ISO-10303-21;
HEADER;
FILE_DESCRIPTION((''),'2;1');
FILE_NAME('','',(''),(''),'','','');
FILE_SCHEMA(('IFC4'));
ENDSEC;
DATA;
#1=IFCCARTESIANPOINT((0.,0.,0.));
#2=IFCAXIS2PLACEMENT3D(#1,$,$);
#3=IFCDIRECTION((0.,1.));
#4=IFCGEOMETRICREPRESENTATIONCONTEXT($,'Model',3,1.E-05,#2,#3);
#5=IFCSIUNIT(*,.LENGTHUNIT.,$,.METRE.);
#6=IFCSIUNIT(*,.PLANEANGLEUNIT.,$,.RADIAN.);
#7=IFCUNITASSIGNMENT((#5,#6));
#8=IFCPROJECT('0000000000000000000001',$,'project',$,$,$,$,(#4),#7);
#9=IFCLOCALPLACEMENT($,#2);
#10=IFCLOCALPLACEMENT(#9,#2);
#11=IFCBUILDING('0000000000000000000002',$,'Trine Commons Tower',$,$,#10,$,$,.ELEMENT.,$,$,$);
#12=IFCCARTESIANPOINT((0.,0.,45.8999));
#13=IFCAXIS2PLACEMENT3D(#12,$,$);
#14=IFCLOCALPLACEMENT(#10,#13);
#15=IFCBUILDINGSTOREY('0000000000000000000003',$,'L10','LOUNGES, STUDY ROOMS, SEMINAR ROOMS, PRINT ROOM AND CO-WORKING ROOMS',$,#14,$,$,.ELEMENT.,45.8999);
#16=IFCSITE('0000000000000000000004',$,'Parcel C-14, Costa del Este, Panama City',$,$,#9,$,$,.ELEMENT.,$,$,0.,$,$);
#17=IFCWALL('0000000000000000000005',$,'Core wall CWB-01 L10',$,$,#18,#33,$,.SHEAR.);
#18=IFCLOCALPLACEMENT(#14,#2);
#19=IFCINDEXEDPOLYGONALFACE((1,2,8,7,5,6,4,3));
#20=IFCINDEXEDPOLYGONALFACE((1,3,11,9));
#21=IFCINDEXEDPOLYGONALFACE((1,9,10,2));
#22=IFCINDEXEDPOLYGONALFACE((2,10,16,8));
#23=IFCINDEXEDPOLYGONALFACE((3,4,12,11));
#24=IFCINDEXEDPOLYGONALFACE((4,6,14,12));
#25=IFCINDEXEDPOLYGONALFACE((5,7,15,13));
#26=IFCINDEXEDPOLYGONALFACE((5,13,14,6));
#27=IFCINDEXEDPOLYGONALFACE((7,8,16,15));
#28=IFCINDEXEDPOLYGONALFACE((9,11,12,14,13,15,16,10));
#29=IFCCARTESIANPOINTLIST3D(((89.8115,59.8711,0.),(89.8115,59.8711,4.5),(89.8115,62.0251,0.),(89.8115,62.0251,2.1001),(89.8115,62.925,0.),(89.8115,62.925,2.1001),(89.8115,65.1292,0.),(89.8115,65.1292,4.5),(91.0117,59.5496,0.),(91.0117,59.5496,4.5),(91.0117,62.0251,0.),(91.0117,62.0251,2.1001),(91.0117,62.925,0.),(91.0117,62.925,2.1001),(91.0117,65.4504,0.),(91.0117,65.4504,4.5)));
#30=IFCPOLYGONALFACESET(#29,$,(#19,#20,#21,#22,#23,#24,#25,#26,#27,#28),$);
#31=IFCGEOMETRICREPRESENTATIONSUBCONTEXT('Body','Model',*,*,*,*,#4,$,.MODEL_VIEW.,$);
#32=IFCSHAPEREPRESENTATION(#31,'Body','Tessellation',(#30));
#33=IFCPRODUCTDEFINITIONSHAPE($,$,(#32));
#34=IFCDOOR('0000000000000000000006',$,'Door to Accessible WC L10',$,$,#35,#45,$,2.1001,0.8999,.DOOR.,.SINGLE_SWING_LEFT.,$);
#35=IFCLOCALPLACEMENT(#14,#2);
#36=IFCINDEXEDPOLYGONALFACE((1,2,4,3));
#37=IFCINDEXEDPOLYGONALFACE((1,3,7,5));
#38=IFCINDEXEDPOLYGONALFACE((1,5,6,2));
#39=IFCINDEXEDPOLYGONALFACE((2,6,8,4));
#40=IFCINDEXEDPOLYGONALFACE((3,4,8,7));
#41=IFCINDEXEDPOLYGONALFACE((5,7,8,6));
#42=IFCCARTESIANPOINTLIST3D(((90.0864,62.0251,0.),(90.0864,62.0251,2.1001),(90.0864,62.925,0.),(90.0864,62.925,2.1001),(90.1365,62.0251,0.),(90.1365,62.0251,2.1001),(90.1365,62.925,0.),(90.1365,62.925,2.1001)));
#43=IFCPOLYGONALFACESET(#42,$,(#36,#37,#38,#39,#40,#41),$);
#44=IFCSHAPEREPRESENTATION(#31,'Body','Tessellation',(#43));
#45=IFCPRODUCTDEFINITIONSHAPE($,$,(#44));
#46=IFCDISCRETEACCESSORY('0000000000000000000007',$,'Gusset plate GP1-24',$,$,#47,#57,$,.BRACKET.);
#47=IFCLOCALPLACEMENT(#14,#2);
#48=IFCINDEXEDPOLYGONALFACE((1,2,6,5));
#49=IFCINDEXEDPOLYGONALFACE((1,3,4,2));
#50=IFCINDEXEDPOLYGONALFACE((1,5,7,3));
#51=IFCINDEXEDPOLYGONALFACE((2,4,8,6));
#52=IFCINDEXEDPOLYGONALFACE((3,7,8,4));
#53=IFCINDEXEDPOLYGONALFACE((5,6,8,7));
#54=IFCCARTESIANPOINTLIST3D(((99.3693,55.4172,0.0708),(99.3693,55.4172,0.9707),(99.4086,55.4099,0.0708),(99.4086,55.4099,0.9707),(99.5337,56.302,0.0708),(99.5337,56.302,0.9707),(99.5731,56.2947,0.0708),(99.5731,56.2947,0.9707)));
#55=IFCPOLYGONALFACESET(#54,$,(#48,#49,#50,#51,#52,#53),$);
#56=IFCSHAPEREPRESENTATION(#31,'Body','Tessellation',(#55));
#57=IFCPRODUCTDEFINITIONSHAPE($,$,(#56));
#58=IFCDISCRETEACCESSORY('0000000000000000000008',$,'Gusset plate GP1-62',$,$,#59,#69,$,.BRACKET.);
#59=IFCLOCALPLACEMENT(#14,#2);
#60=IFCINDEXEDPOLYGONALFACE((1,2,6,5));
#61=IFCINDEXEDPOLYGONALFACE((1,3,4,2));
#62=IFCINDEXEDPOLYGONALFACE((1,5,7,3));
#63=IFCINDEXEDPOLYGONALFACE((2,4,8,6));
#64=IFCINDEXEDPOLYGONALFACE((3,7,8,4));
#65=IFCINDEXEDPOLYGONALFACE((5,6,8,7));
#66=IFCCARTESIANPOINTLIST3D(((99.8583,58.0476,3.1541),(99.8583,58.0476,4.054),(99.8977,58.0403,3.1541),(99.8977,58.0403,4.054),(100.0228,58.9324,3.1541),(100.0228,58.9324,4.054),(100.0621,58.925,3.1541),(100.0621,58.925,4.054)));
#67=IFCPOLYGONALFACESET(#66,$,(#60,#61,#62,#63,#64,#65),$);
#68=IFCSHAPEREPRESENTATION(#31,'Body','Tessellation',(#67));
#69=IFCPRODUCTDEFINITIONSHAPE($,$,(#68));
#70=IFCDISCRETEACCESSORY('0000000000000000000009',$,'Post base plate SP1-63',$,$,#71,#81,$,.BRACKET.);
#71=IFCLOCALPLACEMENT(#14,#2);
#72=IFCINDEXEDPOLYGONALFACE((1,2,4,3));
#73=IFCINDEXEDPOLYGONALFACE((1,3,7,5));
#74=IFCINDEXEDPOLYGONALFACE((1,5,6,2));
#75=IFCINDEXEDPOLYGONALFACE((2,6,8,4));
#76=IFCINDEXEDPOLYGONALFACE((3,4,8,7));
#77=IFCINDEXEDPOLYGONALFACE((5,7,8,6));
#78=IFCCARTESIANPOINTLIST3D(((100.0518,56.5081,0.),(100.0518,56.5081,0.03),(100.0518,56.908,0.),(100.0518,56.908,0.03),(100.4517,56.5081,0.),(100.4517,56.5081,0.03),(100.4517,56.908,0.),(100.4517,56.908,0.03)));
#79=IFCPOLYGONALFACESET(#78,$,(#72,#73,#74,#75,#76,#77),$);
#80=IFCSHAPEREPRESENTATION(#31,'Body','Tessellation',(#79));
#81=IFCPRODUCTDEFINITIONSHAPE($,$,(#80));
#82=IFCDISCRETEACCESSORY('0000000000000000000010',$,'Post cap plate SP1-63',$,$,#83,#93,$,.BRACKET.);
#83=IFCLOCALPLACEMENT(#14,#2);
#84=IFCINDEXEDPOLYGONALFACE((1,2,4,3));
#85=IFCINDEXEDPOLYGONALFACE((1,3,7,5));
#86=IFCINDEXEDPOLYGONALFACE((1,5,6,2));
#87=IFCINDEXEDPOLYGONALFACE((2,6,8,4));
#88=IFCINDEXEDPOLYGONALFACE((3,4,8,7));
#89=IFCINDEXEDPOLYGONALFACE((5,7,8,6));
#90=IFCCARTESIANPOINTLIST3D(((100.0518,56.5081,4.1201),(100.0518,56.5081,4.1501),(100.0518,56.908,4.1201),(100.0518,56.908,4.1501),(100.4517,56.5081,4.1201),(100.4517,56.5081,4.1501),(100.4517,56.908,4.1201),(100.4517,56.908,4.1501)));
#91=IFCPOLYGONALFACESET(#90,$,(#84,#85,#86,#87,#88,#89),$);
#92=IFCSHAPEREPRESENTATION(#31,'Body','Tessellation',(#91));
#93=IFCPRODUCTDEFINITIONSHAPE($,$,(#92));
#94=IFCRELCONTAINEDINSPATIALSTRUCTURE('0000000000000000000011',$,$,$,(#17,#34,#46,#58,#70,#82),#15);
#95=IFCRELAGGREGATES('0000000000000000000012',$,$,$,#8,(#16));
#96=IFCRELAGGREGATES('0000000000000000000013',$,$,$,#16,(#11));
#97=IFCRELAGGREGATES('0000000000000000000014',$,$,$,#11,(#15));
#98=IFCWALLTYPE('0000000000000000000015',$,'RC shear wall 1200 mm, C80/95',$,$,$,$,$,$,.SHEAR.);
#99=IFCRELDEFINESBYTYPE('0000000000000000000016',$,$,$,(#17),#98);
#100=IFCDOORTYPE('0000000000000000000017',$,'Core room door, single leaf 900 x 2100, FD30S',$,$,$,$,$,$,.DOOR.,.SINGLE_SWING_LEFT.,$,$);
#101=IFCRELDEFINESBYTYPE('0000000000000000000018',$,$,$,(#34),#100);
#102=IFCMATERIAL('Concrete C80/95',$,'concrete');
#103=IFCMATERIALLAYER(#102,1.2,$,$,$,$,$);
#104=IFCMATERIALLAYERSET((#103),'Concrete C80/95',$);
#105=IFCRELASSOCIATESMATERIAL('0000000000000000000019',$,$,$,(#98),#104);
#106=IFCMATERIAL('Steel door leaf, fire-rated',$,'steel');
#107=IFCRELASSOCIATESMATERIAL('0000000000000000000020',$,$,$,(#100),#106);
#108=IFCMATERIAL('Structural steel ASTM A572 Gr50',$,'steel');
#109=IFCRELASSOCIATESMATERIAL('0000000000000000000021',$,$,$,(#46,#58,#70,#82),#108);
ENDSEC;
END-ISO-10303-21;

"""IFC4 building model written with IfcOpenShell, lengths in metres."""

from ifc_helpers import new_model, si_unit, direction, frame, frame_2d, origin, origin_2d, place, context, subcontext, project, spatial, polyline, rectangle, outline, extrude, material, layer, layer_set, type_object, element, fill, save


model = new_model("IFC4")

# Units and contexts
model_context = context("Model", 3, precision=1e-05, world=origin(), true_north=direction((0.0, 1.0)))
body_context = subcontext(model_context, "Body", "Model", "MODEL_VIEW")
ifc_project = project(units=[si_unit("LENGTHUNIT", "METRE"), si_unit("PLANEANGLEUNIT", "RADIAN")], contexts=[model_context])

# Site, building, storey
site_placement = place(None, origin())
site = spatial("IfcSite", under=ifc_project, at=site_placement, Name="Parcel C-14, Costa del Este, Panama City", CompositionType="ELEMENT", RefElevation=0.0)
building_placement = place(site_placement, origin())
building = spatial("IfcBuilding", under=site, at=building_placement, Name="Trine Commons Tower", CompositionType="ELEMENT")
storey_placement = place(building_placement, frame((0.0, 0.0, 45.8999)))
storey = spatial("IfcBuildingStorey", under=building, at=storey_placement, Name="L10", Description="LOUNGES, STUDY ROOMS, SEMINAR ROOMS, PRINT ROOM AND CO-WORKING ROOMS", CompositionType="ELEMENT", Elevation=45.8999)

# Wall, opening, door
ifc_material_1 = material(Name="Concrete C80/95", Category="concrete")
ifc_layer_1 = layer(ifc_material_1, 1.2)
ifc_layer_set_1 = layer_set([ifc_layer_1], Name="Concrete C80/95")
wall_type_1 = type_object("IfcWallType", Name="RC shear wall 1200 mm, C80/95", PredefinedType="SHEAR", material=ifc_layer_set_1)
wall_1_placement = place(storey_placement, frame((90.4116, 59.5496, 0.0), z_axis=(0.0, 0.0, 1.0), x_axis=(0.0, 1.0, 0.0)))
wall_1 = element("IfcWall", 1, at=wall_1_placement, inside=storey, type_object=wall_type_1, Name="Core wall CWB-01 L10", PredefinedType="SHEAR", context=body_context, shape_type="SweptSolid", body=[
    extrude(outline(polyline([(0.0, -0.6001), (5.9009, -0.6001), (5.5796, 0.6001), (0.3215, 0.6001), (0.0, -0.6001)])), origin(), (0.0, 0.0, 1.0), 4.5),
])
opening_1_placement = place(wall_1_placement, frame((2.4756, 0.0, 0.0)))
opening_1 = element("IfcOpeningElement", 2, at=opening_1_placement, cuts=wall_1, PredefinedType="OPENING", context=body_context, shape_type="SweptSolid", body=[
    extrude(rectangle(XDim=0.8999, YDim=2.1001, at=frame_2d((0.45, 1.05))), frame((0.0, 0.6099, 0.0), z_axis=(0.0, -1.0, 0.0), x_axis=(1.0, 0.0, 0.0)), (0.0, 0.0, 1.0), 1.22),
])
ifc_material_2 = material(Name="Steel door leaf, fire-rated", Category="steel")
door_type_1 = type_object("IfcDoorType", Name="Core room door, single leaf 900 x 2100, FD30S", OperationType="SINGLE_SWING_LEFT", PredefinedType="DOOR", material=ifc_material_2)
door_1_placement = place(opening_1_placement, origin())
door_1 = element("IfcDoor", 3, at=door_1_placement, inside=storey, type_object=door_type_1, Name="Door to Accessible WC L10", OperationType="SINGLE_SWING_LEFT", OverallHeight=2.1001, OverallWidth=0.8999, PredefinedType="DOOR", context=body_context, shape_type="SweptSolid", body=[
    extrude(rectangle(XDim=0.8999, YDim=2.1001, at=frame_2d((0.45, 1.05))), frame((0.0, 0.3252, 0.0), z_axis=(0.0, -1.0, 0.0), x_axis=(1.0, 0.0, 0.0)), (0.0, 0.0, 1.0), 0.05),
])
fill(opening_1, door_1)

# Discrete accessories
ifc_material_3 = material(Name="Structural steel ASTM A572 Gr50", Category="steel")
for number, where, z_axis, x_axis, name in (
    (4, (99.4712, 55.856, 0.0708), (0.0, 0.0, 1.0), (0.182767, 0.983156, 0.0), "Gusset plate GP1-24"),
    (5, (99.9602, 58.4863, 3.1541), (0.0, 0.0, 1.0), (0.182767, 0.983156, 0.0), "Gusset plate GP1-62"),
):
    element("IfcDiscreteAccessory", number, at=place(storey_placement, frame(where, z_axis=z_axis, x_axis=x_axis)), inside=storey, material=ifc_material_3, Name=name, PredefinedType="BRACKET", context=body_context, shape_type="SweptSolid", body=[
        extrude(rectangle(XDim=0.8999, YDim=0.04, at=origin_2d()), origin(), (0.0, 0.0, 1.0), 0.8999),
    ])
for number, where, z_axis, x_axis, name in (
    (6, (100.2517, 56.708, 0.0), (0.0, 0.0, 1.0), (1.0, 0.0, 0.0), "Post base plate SP1-63"),
    (7, (100.2517, 56.708, 4.1201), (0.0, 0.0, 1.0), (1.0, 0.0, 0.0), "Post cap plate SP1-63"),
):
    element("IfcDiscreteAccessory", number, at=place(storey_placement, frame(where, z_axis=z_axis, x_axis=x_axis)), inside=storey, material=ifc_material_3, Name=name, PredefinedType="BRACKET", context=body_context, shape_type="SweptSolid", body=[
        extrude(rectangle(XDim=0.3999, YDim=0.3999, at=origin_2d()), origin(), (0.0, 0.0, 1.0), 0.03),
    ])

save(model, "model.ifc")
